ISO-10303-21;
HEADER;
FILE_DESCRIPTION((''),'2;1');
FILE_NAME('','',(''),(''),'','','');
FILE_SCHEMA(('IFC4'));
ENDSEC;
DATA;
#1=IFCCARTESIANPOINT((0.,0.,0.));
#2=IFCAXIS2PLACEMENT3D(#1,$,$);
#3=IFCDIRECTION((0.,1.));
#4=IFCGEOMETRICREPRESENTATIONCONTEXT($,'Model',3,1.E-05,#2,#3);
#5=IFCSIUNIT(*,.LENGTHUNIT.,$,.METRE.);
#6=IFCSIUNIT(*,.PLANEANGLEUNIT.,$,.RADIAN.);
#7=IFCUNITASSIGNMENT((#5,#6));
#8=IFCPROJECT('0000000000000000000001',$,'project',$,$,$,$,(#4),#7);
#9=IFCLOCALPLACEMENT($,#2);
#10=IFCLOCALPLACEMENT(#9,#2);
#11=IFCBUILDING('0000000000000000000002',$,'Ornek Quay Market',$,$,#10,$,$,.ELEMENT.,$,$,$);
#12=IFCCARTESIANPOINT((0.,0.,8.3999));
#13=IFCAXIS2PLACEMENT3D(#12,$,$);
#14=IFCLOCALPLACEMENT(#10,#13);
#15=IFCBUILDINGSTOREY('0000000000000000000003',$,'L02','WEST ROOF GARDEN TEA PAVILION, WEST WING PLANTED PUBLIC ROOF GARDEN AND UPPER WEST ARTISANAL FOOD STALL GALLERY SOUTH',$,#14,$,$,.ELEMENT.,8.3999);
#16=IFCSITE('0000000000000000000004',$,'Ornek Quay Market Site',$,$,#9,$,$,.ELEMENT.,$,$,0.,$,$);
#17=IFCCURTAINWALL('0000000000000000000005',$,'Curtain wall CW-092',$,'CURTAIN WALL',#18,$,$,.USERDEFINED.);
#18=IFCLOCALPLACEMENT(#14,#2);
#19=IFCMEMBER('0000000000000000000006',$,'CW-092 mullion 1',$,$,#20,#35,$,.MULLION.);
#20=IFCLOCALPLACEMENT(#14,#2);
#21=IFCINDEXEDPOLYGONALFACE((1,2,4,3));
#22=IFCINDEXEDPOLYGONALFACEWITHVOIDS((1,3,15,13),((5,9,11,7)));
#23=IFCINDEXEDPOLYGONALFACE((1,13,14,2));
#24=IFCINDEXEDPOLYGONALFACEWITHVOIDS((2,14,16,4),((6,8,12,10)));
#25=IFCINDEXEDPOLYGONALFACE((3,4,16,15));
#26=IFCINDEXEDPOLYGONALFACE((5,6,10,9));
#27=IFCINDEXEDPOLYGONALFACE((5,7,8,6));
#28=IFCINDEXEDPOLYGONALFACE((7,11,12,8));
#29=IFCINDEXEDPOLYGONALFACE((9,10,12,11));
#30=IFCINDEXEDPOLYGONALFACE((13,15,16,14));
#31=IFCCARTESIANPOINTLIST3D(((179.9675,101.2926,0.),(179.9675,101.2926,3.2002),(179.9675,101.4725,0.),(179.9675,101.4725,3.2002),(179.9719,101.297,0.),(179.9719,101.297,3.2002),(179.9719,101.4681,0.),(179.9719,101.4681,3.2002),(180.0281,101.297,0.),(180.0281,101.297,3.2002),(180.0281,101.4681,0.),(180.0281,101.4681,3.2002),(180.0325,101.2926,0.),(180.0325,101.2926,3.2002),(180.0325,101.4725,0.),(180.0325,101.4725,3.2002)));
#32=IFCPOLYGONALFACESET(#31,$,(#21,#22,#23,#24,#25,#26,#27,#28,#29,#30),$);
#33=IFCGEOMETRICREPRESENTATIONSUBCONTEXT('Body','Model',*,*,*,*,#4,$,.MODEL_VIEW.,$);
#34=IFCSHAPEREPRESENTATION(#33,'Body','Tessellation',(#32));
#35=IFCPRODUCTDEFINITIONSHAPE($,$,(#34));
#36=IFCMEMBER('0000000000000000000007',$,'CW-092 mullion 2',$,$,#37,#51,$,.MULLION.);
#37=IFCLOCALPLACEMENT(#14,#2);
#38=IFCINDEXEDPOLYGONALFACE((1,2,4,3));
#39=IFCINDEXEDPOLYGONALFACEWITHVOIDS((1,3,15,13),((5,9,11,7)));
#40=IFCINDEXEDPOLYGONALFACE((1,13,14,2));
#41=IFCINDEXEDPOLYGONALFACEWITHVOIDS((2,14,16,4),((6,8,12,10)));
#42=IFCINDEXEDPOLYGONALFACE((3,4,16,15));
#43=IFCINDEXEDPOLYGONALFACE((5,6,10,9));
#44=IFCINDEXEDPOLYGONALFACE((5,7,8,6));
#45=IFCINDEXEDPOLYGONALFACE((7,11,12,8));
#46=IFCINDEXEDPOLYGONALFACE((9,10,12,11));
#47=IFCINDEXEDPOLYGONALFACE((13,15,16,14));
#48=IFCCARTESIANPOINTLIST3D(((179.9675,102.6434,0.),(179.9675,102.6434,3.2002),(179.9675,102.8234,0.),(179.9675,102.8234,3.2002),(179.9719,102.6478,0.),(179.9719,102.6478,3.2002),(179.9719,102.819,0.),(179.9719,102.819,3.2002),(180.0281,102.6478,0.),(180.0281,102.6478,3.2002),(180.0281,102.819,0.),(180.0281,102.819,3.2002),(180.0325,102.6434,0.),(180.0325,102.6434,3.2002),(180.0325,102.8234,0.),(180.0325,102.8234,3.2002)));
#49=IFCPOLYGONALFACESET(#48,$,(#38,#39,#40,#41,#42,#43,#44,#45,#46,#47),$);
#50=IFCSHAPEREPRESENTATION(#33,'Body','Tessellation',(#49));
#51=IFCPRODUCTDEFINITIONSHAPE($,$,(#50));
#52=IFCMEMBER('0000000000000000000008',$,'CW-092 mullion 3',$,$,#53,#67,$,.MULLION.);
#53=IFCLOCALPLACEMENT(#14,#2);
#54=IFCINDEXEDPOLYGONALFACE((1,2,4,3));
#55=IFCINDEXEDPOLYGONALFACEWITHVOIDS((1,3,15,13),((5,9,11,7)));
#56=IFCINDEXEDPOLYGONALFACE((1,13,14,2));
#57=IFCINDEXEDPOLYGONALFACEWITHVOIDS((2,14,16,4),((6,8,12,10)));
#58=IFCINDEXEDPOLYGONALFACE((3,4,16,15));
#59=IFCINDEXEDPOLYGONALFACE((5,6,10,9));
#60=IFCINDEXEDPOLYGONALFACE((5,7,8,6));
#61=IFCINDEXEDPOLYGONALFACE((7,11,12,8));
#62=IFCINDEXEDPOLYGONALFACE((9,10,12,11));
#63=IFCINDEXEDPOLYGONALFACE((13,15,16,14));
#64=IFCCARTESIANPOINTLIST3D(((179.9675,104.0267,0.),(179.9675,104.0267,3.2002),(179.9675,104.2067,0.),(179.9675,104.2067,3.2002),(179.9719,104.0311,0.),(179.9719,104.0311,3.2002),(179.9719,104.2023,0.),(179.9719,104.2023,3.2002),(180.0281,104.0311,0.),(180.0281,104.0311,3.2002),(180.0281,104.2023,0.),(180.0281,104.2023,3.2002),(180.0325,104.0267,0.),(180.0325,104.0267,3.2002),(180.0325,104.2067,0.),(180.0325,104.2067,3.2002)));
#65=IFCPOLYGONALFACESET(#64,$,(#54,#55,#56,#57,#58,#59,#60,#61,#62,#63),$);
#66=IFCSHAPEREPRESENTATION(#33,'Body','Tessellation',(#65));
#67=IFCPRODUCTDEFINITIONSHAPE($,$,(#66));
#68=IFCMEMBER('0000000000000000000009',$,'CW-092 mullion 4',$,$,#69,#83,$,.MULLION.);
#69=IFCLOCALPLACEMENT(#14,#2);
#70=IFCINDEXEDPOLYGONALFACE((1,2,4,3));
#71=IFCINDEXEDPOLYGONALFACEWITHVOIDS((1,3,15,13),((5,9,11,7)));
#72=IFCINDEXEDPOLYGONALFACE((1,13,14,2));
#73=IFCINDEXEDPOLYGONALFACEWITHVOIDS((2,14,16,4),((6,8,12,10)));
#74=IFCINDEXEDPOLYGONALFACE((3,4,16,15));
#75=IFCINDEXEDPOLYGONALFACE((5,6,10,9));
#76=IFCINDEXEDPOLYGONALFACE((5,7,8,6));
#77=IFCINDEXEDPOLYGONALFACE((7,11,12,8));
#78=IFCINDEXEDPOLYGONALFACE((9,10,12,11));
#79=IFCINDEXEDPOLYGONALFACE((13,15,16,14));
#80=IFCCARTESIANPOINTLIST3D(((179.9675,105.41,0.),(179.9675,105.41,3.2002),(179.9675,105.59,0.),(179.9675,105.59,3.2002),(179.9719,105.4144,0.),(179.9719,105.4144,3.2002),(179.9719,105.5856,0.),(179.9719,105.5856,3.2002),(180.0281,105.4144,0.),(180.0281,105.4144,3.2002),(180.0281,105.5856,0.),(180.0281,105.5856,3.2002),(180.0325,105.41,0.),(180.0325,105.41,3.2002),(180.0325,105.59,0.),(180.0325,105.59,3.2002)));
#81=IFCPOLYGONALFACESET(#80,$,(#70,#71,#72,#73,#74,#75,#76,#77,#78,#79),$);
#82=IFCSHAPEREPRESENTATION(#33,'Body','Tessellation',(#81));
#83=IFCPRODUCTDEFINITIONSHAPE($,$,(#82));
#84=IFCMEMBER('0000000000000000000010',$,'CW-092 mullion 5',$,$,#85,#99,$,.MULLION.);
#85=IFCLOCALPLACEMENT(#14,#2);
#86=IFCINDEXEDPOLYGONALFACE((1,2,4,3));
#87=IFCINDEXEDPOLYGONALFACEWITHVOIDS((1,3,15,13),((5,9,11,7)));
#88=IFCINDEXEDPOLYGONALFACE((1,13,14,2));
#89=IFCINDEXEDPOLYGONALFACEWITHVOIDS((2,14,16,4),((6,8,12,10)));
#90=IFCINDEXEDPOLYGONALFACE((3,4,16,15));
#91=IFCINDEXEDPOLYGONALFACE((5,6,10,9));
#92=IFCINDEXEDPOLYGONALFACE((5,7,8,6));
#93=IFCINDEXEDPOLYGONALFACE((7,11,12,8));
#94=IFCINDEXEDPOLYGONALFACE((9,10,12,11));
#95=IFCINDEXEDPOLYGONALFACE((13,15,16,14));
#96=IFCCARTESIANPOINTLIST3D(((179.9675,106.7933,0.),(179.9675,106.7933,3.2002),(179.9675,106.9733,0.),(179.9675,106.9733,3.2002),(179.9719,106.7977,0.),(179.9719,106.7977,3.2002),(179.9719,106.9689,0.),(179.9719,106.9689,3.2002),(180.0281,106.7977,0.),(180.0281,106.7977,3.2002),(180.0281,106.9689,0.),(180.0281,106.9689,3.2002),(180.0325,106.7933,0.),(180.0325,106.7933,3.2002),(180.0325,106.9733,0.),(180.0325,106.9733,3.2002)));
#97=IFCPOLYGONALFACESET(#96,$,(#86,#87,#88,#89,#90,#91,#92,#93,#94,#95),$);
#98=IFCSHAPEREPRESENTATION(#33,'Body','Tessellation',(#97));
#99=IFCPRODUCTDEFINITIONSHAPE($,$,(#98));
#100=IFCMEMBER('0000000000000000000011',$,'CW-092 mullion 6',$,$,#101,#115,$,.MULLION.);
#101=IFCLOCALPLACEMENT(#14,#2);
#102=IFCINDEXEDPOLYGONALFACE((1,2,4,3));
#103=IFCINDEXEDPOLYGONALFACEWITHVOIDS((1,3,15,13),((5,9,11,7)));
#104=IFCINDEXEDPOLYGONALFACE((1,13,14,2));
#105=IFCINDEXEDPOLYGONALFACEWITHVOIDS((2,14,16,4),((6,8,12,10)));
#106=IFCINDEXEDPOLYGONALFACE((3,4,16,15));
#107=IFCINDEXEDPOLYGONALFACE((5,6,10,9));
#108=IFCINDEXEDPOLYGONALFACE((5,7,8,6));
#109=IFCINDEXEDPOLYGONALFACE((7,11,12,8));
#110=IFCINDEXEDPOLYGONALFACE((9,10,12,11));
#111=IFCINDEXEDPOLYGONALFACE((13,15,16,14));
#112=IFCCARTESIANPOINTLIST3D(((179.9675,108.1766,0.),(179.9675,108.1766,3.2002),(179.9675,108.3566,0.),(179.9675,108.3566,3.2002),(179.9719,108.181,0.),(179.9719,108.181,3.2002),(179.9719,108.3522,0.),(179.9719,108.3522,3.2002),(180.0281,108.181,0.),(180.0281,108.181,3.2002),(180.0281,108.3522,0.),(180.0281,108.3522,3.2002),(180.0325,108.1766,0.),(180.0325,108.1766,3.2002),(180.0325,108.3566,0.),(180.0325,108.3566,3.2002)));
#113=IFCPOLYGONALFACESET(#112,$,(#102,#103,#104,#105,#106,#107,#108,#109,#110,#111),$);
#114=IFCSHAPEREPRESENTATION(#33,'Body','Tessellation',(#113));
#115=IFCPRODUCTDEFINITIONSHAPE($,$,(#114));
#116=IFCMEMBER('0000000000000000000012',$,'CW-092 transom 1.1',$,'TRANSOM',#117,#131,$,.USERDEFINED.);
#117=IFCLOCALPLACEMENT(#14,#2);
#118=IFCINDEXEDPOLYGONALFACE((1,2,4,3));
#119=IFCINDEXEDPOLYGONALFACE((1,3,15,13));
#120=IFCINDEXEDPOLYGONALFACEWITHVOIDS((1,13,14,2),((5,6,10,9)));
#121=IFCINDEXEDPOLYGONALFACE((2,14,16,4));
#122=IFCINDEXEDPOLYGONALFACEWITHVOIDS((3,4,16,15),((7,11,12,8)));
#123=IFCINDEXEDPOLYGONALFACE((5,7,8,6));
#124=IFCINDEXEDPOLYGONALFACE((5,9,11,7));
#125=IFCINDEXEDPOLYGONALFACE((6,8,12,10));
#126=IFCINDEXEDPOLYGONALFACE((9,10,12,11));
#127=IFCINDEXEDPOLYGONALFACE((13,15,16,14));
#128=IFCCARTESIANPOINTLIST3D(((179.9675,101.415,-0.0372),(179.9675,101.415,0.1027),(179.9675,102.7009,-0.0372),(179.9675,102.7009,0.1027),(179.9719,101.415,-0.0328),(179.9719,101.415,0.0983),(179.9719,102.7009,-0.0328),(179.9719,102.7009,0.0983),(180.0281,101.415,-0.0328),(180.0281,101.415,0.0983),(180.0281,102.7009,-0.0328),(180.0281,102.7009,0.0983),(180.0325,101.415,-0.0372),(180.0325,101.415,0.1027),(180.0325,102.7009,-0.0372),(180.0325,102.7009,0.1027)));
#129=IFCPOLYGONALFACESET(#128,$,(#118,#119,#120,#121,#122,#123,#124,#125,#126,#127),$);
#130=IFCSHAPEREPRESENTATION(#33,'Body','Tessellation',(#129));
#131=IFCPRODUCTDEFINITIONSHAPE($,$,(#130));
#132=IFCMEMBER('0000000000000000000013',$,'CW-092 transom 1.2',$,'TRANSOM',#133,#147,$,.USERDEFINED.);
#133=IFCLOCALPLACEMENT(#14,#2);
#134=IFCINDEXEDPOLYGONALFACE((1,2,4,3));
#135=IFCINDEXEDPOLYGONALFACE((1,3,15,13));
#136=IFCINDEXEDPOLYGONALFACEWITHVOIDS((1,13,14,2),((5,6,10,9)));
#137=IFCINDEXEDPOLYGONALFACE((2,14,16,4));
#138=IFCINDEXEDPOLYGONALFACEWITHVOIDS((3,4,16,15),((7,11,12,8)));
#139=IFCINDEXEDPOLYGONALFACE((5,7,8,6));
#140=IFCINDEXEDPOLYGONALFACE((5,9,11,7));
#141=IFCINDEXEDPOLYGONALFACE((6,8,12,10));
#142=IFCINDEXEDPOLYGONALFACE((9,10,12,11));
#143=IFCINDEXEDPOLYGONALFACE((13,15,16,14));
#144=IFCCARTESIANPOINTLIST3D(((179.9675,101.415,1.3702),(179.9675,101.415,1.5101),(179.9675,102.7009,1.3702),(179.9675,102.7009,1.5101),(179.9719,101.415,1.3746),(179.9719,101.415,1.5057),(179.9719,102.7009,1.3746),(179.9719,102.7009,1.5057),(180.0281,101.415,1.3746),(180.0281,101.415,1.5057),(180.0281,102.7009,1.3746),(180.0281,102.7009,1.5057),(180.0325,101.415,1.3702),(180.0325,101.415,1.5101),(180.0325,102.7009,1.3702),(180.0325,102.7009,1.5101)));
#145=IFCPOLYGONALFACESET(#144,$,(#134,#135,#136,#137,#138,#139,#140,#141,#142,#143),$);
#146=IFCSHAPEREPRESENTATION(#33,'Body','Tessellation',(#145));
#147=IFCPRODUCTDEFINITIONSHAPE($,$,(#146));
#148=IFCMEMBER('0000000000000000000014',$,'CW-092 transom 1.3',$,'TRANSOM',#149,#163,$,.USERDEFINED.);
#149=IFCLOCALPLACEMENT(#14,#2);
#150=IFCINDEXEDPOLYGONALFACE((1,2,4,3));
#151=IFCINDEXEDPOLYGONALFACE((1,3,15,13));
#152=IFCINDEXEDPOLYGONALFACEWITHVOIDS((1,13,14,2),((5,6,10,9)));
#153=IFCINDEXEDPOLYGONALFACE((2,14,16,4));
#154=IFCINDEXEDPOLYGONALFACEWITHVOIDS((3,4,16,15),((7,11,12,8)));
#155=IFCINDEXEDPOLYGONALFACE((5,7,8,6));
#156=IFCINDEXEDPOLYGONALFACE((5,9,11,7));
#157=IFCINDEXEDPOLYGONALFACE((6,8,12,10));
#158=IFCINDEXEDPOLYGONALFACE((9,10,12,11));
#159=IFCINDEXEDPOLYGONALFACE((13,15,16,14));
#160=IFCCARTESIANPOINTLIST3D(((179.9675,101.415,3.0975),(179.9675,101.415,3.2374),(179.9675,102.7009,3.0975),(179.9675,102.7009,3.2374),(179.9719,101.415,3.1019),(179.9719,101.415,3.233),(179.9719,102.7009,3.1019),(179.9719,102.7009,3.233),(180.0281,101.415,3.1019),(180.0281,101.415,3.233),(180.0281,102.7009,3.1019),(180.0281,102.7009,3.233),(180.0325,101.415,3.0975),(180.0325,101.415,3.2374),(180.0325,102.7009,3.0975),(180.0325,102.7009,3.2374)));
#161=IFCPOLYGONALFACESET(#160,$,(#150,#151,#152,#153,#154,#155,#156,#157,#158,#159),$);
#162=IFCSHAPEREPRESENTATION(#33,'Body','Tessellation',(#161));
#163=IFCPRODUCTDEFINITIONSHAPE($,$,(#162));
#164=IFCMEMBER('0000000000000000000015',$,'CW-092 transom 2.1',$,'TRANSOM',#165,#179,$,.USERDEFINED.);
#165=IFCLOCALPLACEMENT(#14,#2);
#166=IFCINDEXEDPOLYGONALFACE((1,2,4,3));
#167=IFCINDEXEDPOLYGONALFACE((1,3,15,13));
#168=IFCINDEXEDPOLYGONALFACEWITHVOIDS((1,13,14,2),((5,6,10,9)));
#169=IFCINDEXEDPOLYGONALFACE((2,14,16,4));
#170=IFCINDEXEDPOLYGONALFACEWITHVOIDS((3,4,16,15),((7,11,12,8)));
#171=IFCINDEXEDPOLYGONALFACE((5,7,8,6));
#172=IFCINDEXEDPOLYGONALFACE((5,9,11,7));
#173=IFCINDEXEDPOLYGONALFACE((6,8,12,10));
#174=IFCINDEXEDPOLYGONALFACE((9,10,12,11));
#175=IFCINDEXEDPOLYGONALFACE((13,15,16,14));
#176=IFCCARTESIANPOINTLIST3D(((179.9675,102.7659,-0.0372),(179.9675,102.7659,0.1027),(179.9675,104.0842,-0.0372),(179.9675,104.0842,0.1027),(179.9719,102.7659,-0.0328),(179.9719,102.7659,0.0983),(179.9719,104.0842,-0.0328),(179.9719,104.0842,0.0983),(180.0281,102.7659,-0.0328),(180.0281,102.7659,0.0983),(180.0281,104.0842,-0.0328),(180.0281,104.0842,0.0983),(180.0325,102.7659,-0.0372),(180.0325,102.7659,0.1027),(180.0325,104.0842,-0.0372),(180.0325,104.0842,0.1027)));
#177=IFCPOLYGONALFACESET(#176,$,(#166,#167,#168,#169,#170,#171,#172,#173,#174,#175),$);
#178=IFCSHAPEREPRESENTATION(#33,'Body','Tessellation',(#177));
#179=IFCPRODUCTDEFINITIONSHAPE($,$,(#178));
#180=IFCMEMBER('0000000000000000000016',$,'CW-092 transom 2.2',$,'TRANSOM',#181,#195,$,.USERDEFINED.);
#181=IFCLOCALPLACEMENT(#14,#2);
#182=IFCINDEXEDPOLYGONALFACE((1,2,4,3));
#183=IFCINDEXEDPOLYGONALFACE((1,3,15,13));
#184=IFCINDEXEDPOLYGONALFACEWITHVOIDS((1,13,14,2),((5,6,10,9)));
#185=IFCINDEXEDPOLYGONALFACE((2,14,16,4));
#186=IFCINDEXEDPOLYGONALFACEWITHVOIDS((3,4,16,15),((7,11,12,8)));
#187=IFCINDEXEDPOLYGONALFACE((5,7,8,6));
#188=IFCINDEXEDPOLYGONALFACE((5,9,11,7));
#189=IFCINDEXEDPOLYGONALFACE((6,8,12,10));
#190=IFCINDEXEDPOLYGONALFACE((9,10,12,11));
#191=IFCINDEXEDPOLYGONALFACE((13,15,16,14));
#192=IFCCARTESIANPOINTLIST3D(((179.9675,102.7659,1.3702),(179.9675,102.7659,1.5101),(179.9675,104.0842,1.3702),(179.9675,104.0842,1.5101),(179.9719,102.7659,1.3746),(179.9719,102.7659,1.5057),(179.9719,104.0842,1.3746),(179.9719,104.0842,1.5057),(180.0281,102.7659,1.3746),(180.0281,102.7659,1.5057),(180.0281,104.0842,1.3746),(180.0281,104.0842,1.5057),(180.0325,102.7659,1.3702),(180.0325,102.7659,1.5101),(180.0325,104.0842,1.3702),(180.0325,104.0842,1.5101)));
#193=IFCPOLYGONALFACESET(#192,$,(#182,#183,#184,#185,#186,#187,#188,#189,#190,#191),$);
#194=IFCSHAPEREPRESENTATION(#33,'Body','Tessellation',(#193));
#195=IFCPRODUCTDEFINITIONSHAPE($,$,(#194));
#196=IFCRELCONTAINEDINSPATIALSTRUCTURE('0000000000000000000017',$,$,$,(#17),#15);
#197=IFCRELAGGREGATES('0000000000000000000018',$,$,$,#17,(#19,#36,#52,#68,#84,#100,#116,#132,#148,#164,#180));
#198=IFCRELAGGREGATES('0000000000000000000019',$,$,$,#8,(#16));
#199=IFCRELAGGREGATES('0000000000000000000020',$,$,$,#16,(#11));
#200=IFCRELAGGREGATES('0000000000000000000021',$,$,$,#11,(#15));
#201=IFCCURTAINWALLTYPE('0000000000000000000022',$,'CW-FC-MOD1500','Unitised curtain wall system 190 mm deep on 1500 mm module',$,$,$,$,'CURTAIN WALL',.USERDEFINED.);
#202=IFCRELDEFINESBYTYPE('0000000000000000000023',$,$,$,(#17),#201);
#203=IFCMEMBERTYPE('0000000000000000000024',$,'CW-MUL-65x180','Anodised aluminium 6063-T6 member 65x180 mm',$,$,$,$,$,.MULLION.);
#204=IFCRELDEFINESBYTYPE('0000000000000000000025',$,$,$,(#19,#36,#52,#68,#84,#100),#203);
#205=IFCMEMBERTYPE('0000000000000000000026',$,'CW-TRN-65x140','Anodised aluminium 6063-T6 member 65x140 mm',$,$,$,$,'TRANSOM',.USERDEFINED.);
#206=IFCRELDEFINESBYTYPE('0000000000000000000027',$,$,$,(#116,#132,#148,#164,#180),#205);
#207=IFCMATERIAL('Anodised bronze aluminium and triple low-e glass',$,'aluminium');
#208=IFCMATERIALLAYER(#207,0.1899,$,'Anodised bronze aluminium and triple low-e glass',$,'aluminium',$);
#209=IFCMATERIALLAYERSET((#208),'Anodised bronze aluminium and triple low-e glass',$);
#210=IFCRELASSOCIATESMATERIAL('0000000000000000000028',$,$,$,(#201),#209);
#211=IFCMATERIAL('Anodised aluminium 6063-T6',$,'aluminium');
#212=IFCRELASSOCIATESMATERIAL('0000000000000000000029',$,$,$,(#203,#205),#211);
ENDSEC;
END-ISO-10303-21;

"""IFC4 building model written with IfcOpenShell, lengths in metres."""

from ifc_helpers import new_model, si_unit, direction, frame, origin, origin_2d, place, context, subcontext, project, spatial, hollow_rectangle, extrude, material, layer, layer_set, material_profile, profile_set, type_object, element, aggregate, save


model = new_model("IFC4")

# Units and contexts
model_context = context("Model", 3, precision=1e-05, world=origin(), true_north=direction((0.0, 1.0)))
body_context = subcontext(model_context, "Body", "Model", "MODEL_VIEW")
ifc_project = project(units=[si_unit("LENGTHUNIT", "METRE"), si_unit("PLANEANGLEUNIT", "RADIAN")], contexts=[model_context])

# Site, building, storey
site_placement = place(None, origin())
site = spatial("IfcSite", under=ifc_project, at=site_placement, Name="Ornek Quay Market Site", CompositionType="ELEMENT", RefElevation=0.0)
building_placement = place(site_placement, origin())
building = spatial("IfcBuilding", under=site, at=building_placement, Name="Ornek Quay Market", CompositionType="ELEMENT")
storey_placement = place(building_placement, frame((0.0, 0.0, 8.3999)))
storey = spatial("IfcBuildingStorey", under=building, at=storey_placement, Name="L02", Description="WEST ROOF GARDEN TEA PAVILION, WEST WING PLANTED PUBLIC ROOF GARDEN AND UPPER WEST ARTISANAL FOOD STALL GALLERY SOUTH", CompositionType="ELEMENT", Elevation=8.3999)

# Curtain wall, members
ifc_material_1 = material(Name="Anodised bronze aluminium and triple low-e glass", Category="aluminium")
ifc_layer_1 = layer(ifc_material_1, 0.1899, Name="Anodised bronze aluminium and triple low-e glass", Category="aluminium")
ifc_layer_set_1 = layer_set([ifc_layer_1], Name="Anodised bronze aluminium and triple low-e glass")
curtain_wall_type = type_object("IfcCurtainWallType", Name="CW-FC-MOD1500", Description="Unitised curtain wall system 190 mm deep on 1500 mm module", ElementType="CURTAIN WALL", PredefinedType="USERDEFINED", material=ifc_layer_set_1)
curtain_wall_placement = place(storey_placement, origin())
curtain_wall = element("IfcCurtainWall", 1, at=curtain_wall_placement, inside=storey, type_object=curtain_wall_type, Name="Curtain wall CW-092", ObjectType="CURTAIN WALL", PredefinedType="USERDEFINED")
ifc_material_2 = material(Name="Anodised aluminium 6063-T6", Category="aluminium")
ifc_material_profile_1 = material_profile(ifc_material_2, hollow_rectangle(XDim=0.0649, YDim=0.1799, WallThickness=0.0044, at=origin_2d()), Name="CW-MUL-65x180", Category="aluminium")
ifc_profile_set_1 = profile_set([ifc_material_profile_1], Name="Anodised aluminium 6063-T6")
member_type_1 = type_object("IfcMemberType", Name="CW-MUL-65x180", Description="Anodised aluminium 6063-T6 member 65x180 mm", PredefinedType="MULLION", material=ifc_profile_set_1)
member_1_placement = place(storey_placement, frame((180.0, 101.3826, 0.0), z_axis=(0.0, 0.0, 1.0), x_axis=(-1.0, 0.0, 0.0)))
member_1 = element("IfcMember", 2, at=member_1_placement, type_object=member_type_1, Name="CW-092 mullion 1", PredefinedType="MULLION", context=body_context, shape_type="SweptSolid", body=[
    extrude(hollow_rectangle(XDim=0.0649, YDim=0.1799, WallThickness=0.0044, at=origin_2d()), origin(), (0.0, 0.0, 1.0), 3.2002),
])
member_2_placement = place(storey_placement, frame((180.0, 102.7334, 0.0), z_axis=(0.0, 0.0, 1.0), x_axis=(-1.0, 0.0, 0.0)))
member_2 = element("IfcMember", 3, at=member_2_placement, type_object=member_type_1, Name="CW-092 mullion 2", PredefinedType="MULLION", context=body_context, shape_type="SweptSolid", body=[
    extrude(hollow_rectangle(XDim=0.0649, YDim=0.1799, WallThickness=0.0044, at=origin_2d()), origin(), (0.0, 0.0, 1.0), 3.2002),
])
member_3_placement = place(storey_placement, frame((180.0, 104.1167, 0.0), z_axis=(0.0, 0.0, 1.0), x_axis=(-1.0, 0.0, 0.0)))
member_3 = element("IfcMember", 4, at=member_3_placement, type_object=member_type_1, Name="CW-092 mullion 3", PredefinedType="MULLION", context=body_context, shape_type="SweptSolid", body=[
    extrude(hollow_rectangle(XDim=0.0649, YDim=0.1799, WallThickness=0.0044, at=origin_2d()), origin(), (0.0, 0.0, 1.0), 3.2002),
])
member_4_placement = place(storey_placement, frame((180.0, 105.5, 0.0), z_axis=(0.0, 0.0, 1.0), x_axis=(-1.0, 0.0, 0.0)))
member_4 = element("IfcMember", 5, at=member_4_placement, type_object=member_type_1, Name="CW-092 mullion 4", PredefinedType="MULLION", context=body_context, shape_type="SweptSolid", body=[
    extrude(hollow_rectangle(XDim=0.0649, YDim=0.1799, WallThickness=0.0044, at=origin_2d()), origin(), (0.0, 0.0, 1.0), 3.2002),
])
member_5_placement = place(storey_placement, frame((180.0, 106.8833, 0.0), z_axis=(0.0, 0.0, 1.0), x_axis=(-1.0, 0.0, 0.0)))
member_5 = element("IfcMember", 6, at=member_5_placement, type_object=member_type_1, Name="CW-092 mullion 5", PredefinedType="MULLION", context=body_context, shape_type="SweptSolid", body=[
    extrude(hollow_rectangle(XDim=0.0649, YDim=0.1799, WallThickness=0.0044, at=origin_2d()), origin(), (0.0, 0.0, 1.0), 3.2002),
])
member_6_placement = place(storey_placement, frame((180.0, 108.2666, 0.0), z_axis=(0.0, 0.0, 1.0), x_axis=(-1.0, 0.0, 0.0)))
member_6 = element("IfcMember", 7, at=member_6_placement, type_object=member_type_1, Name="CW-092 mullion 6", PredefinedType="MULLION", context=body_context, shape_type="SweptSolid", body=[
    extrude(hollow_rectangle(XDim=0.0649, YDim=0.1799, WallThickness=0.0044, at=origin_2d()), origin(), (0.0, 0.0, 1.0), 3.2002),
])
ifc_material_profile_2 = material_profile(ifc_material_2, hollow_rectangle(XDim=0.0649, YDim=0.1399, WallThickness=0.0044, at=origin_2d()), Name="CW-TRN-65x140", Category="aluminium")
ifc_profile_set_2 = profile_set([ifc_material_profile_2], Name="Anodised aluminium 6063-T6")
member_type_2 = type_object("IfcMemberType", Name="CW-TRN-65x140", Description="Anodised aluminium 6063-T6 member 65x140 mm", ElementType="TRANSOM", PredefinedType="USERDEFINED", material=ifc_profile_set_2)
member_7_placement = place(storey_placement, frame((180.0, 101.415, 0.0327), z_axis=(0.0, 1.0, 0.0), x_axis=(-1.0, 0.0, 0.0)))
member_7 = element("IfcMember", 8, at=member_7_placement, type_object=member_type_2, Name="CW-092 transom 1.1", ObjectType="TRANSOM", PredefinedType="USERDEFINED", context=body_context, shape_type="SweptSolid", body=[
    extrude(hollow_rectangle(XDim=0.0649, YDim=0.1399, WallThickness=0.0044, at=origin_2d()), origin(), (0.0, 0.0, 1.0), 1.2859),
])
member_8_placement = place(storey_placement, frame((180.0, 101.415, 1.4402), z_axis=(0.0, 1.0, 0.0), x_axis=(-1.0, 0.0, 0.0)))
member_8 = element("IfcMember", 9, at=member_8_placement, type_object=member_type_2, Name="CW-092 transom 1.2", ObjectType="TRANSOM", PredefinedType="USERDEFINED", context=body_context, shape_type="SweptSolid", body=[
    extrude(hollow_rectangle(XDim=0.0649, YDim=0.1399, WallThickness=0.0044, at=origin_2d()), origin(), (0.0, 0.0, 1.0), 1.2859),
])
member_9_placement = place(storey_placement, frame((180.0, 101.415, 3.1675), z_axis=(0.0, 1.0, 0.0), x_axis=(-1.0, 0.0, 0.0)))
member_9 = element("IfcMember", 10, at=member_9_placement, type_object=member_type_2, Name="CW-092 transom 1.3", ObjectType="TRANSOM", PredefinedType="USERDEFINED", context=body_context, shape_type="SweptSolid", body=[
    extrude(hollow_rectangle(XDim=0.0649, YDim=0.1399, WallThickness=0.0044, at=origin_2d()), origin(), (0.0, 0.0, 1.0), 1.2859),
])
member_10_placement = place(storey_placement, frame((180.0, 102.7659, 0.0327), z_axis=(0.0, 1.0, 0.0), x_axis=(-1.0, 0.0, 0.0)))
member_10 = element("IfcMember", 11, at=member_10_placement, type_object=member_type_2, Name="CW-092 transom 2.1", ObjectType="TRANSOM", PredefinedType="USERDEFINED", context=body_context, shape_type="SweptSolid", body=[
    extrude(hollow_rectangle(XDim=0.0649, YDim=0.1399, WallThickness=0.0044, at=origin_2d()), origin(), (0.0, 0.0, 1.0), 1.3184),
])
member_11_placement = place(storey_placement, frame((180.0, 102.7659, 1.4402), z_axis=(0.0, 1.0, 0.0), x_axis=(-1.0, 0.0, 0.0)))
member_11 = element("IfcMember", 12, at=member_11_placement, type_object=member_type_2, Name="CW-092 transom 2.2", ObjectType="TRANSOM", PredefinedType="USERDEFINED", context=body_context, shape_type="SweptSolid", body=[
    extrude(hollow_rectangle(XDim=0.0649, YDim=0.1399, WallThickness=0.0044, at=origin_2d()), origin(), (0.0, 0.0, 1.0), 1.3184),
])
aggregate(curtain_wall, [member_1, member_2, member_3, member_4, member_5, member_6, member_7, member_8, member_9, member_10, member_11])

save(model, "model.ifc")
